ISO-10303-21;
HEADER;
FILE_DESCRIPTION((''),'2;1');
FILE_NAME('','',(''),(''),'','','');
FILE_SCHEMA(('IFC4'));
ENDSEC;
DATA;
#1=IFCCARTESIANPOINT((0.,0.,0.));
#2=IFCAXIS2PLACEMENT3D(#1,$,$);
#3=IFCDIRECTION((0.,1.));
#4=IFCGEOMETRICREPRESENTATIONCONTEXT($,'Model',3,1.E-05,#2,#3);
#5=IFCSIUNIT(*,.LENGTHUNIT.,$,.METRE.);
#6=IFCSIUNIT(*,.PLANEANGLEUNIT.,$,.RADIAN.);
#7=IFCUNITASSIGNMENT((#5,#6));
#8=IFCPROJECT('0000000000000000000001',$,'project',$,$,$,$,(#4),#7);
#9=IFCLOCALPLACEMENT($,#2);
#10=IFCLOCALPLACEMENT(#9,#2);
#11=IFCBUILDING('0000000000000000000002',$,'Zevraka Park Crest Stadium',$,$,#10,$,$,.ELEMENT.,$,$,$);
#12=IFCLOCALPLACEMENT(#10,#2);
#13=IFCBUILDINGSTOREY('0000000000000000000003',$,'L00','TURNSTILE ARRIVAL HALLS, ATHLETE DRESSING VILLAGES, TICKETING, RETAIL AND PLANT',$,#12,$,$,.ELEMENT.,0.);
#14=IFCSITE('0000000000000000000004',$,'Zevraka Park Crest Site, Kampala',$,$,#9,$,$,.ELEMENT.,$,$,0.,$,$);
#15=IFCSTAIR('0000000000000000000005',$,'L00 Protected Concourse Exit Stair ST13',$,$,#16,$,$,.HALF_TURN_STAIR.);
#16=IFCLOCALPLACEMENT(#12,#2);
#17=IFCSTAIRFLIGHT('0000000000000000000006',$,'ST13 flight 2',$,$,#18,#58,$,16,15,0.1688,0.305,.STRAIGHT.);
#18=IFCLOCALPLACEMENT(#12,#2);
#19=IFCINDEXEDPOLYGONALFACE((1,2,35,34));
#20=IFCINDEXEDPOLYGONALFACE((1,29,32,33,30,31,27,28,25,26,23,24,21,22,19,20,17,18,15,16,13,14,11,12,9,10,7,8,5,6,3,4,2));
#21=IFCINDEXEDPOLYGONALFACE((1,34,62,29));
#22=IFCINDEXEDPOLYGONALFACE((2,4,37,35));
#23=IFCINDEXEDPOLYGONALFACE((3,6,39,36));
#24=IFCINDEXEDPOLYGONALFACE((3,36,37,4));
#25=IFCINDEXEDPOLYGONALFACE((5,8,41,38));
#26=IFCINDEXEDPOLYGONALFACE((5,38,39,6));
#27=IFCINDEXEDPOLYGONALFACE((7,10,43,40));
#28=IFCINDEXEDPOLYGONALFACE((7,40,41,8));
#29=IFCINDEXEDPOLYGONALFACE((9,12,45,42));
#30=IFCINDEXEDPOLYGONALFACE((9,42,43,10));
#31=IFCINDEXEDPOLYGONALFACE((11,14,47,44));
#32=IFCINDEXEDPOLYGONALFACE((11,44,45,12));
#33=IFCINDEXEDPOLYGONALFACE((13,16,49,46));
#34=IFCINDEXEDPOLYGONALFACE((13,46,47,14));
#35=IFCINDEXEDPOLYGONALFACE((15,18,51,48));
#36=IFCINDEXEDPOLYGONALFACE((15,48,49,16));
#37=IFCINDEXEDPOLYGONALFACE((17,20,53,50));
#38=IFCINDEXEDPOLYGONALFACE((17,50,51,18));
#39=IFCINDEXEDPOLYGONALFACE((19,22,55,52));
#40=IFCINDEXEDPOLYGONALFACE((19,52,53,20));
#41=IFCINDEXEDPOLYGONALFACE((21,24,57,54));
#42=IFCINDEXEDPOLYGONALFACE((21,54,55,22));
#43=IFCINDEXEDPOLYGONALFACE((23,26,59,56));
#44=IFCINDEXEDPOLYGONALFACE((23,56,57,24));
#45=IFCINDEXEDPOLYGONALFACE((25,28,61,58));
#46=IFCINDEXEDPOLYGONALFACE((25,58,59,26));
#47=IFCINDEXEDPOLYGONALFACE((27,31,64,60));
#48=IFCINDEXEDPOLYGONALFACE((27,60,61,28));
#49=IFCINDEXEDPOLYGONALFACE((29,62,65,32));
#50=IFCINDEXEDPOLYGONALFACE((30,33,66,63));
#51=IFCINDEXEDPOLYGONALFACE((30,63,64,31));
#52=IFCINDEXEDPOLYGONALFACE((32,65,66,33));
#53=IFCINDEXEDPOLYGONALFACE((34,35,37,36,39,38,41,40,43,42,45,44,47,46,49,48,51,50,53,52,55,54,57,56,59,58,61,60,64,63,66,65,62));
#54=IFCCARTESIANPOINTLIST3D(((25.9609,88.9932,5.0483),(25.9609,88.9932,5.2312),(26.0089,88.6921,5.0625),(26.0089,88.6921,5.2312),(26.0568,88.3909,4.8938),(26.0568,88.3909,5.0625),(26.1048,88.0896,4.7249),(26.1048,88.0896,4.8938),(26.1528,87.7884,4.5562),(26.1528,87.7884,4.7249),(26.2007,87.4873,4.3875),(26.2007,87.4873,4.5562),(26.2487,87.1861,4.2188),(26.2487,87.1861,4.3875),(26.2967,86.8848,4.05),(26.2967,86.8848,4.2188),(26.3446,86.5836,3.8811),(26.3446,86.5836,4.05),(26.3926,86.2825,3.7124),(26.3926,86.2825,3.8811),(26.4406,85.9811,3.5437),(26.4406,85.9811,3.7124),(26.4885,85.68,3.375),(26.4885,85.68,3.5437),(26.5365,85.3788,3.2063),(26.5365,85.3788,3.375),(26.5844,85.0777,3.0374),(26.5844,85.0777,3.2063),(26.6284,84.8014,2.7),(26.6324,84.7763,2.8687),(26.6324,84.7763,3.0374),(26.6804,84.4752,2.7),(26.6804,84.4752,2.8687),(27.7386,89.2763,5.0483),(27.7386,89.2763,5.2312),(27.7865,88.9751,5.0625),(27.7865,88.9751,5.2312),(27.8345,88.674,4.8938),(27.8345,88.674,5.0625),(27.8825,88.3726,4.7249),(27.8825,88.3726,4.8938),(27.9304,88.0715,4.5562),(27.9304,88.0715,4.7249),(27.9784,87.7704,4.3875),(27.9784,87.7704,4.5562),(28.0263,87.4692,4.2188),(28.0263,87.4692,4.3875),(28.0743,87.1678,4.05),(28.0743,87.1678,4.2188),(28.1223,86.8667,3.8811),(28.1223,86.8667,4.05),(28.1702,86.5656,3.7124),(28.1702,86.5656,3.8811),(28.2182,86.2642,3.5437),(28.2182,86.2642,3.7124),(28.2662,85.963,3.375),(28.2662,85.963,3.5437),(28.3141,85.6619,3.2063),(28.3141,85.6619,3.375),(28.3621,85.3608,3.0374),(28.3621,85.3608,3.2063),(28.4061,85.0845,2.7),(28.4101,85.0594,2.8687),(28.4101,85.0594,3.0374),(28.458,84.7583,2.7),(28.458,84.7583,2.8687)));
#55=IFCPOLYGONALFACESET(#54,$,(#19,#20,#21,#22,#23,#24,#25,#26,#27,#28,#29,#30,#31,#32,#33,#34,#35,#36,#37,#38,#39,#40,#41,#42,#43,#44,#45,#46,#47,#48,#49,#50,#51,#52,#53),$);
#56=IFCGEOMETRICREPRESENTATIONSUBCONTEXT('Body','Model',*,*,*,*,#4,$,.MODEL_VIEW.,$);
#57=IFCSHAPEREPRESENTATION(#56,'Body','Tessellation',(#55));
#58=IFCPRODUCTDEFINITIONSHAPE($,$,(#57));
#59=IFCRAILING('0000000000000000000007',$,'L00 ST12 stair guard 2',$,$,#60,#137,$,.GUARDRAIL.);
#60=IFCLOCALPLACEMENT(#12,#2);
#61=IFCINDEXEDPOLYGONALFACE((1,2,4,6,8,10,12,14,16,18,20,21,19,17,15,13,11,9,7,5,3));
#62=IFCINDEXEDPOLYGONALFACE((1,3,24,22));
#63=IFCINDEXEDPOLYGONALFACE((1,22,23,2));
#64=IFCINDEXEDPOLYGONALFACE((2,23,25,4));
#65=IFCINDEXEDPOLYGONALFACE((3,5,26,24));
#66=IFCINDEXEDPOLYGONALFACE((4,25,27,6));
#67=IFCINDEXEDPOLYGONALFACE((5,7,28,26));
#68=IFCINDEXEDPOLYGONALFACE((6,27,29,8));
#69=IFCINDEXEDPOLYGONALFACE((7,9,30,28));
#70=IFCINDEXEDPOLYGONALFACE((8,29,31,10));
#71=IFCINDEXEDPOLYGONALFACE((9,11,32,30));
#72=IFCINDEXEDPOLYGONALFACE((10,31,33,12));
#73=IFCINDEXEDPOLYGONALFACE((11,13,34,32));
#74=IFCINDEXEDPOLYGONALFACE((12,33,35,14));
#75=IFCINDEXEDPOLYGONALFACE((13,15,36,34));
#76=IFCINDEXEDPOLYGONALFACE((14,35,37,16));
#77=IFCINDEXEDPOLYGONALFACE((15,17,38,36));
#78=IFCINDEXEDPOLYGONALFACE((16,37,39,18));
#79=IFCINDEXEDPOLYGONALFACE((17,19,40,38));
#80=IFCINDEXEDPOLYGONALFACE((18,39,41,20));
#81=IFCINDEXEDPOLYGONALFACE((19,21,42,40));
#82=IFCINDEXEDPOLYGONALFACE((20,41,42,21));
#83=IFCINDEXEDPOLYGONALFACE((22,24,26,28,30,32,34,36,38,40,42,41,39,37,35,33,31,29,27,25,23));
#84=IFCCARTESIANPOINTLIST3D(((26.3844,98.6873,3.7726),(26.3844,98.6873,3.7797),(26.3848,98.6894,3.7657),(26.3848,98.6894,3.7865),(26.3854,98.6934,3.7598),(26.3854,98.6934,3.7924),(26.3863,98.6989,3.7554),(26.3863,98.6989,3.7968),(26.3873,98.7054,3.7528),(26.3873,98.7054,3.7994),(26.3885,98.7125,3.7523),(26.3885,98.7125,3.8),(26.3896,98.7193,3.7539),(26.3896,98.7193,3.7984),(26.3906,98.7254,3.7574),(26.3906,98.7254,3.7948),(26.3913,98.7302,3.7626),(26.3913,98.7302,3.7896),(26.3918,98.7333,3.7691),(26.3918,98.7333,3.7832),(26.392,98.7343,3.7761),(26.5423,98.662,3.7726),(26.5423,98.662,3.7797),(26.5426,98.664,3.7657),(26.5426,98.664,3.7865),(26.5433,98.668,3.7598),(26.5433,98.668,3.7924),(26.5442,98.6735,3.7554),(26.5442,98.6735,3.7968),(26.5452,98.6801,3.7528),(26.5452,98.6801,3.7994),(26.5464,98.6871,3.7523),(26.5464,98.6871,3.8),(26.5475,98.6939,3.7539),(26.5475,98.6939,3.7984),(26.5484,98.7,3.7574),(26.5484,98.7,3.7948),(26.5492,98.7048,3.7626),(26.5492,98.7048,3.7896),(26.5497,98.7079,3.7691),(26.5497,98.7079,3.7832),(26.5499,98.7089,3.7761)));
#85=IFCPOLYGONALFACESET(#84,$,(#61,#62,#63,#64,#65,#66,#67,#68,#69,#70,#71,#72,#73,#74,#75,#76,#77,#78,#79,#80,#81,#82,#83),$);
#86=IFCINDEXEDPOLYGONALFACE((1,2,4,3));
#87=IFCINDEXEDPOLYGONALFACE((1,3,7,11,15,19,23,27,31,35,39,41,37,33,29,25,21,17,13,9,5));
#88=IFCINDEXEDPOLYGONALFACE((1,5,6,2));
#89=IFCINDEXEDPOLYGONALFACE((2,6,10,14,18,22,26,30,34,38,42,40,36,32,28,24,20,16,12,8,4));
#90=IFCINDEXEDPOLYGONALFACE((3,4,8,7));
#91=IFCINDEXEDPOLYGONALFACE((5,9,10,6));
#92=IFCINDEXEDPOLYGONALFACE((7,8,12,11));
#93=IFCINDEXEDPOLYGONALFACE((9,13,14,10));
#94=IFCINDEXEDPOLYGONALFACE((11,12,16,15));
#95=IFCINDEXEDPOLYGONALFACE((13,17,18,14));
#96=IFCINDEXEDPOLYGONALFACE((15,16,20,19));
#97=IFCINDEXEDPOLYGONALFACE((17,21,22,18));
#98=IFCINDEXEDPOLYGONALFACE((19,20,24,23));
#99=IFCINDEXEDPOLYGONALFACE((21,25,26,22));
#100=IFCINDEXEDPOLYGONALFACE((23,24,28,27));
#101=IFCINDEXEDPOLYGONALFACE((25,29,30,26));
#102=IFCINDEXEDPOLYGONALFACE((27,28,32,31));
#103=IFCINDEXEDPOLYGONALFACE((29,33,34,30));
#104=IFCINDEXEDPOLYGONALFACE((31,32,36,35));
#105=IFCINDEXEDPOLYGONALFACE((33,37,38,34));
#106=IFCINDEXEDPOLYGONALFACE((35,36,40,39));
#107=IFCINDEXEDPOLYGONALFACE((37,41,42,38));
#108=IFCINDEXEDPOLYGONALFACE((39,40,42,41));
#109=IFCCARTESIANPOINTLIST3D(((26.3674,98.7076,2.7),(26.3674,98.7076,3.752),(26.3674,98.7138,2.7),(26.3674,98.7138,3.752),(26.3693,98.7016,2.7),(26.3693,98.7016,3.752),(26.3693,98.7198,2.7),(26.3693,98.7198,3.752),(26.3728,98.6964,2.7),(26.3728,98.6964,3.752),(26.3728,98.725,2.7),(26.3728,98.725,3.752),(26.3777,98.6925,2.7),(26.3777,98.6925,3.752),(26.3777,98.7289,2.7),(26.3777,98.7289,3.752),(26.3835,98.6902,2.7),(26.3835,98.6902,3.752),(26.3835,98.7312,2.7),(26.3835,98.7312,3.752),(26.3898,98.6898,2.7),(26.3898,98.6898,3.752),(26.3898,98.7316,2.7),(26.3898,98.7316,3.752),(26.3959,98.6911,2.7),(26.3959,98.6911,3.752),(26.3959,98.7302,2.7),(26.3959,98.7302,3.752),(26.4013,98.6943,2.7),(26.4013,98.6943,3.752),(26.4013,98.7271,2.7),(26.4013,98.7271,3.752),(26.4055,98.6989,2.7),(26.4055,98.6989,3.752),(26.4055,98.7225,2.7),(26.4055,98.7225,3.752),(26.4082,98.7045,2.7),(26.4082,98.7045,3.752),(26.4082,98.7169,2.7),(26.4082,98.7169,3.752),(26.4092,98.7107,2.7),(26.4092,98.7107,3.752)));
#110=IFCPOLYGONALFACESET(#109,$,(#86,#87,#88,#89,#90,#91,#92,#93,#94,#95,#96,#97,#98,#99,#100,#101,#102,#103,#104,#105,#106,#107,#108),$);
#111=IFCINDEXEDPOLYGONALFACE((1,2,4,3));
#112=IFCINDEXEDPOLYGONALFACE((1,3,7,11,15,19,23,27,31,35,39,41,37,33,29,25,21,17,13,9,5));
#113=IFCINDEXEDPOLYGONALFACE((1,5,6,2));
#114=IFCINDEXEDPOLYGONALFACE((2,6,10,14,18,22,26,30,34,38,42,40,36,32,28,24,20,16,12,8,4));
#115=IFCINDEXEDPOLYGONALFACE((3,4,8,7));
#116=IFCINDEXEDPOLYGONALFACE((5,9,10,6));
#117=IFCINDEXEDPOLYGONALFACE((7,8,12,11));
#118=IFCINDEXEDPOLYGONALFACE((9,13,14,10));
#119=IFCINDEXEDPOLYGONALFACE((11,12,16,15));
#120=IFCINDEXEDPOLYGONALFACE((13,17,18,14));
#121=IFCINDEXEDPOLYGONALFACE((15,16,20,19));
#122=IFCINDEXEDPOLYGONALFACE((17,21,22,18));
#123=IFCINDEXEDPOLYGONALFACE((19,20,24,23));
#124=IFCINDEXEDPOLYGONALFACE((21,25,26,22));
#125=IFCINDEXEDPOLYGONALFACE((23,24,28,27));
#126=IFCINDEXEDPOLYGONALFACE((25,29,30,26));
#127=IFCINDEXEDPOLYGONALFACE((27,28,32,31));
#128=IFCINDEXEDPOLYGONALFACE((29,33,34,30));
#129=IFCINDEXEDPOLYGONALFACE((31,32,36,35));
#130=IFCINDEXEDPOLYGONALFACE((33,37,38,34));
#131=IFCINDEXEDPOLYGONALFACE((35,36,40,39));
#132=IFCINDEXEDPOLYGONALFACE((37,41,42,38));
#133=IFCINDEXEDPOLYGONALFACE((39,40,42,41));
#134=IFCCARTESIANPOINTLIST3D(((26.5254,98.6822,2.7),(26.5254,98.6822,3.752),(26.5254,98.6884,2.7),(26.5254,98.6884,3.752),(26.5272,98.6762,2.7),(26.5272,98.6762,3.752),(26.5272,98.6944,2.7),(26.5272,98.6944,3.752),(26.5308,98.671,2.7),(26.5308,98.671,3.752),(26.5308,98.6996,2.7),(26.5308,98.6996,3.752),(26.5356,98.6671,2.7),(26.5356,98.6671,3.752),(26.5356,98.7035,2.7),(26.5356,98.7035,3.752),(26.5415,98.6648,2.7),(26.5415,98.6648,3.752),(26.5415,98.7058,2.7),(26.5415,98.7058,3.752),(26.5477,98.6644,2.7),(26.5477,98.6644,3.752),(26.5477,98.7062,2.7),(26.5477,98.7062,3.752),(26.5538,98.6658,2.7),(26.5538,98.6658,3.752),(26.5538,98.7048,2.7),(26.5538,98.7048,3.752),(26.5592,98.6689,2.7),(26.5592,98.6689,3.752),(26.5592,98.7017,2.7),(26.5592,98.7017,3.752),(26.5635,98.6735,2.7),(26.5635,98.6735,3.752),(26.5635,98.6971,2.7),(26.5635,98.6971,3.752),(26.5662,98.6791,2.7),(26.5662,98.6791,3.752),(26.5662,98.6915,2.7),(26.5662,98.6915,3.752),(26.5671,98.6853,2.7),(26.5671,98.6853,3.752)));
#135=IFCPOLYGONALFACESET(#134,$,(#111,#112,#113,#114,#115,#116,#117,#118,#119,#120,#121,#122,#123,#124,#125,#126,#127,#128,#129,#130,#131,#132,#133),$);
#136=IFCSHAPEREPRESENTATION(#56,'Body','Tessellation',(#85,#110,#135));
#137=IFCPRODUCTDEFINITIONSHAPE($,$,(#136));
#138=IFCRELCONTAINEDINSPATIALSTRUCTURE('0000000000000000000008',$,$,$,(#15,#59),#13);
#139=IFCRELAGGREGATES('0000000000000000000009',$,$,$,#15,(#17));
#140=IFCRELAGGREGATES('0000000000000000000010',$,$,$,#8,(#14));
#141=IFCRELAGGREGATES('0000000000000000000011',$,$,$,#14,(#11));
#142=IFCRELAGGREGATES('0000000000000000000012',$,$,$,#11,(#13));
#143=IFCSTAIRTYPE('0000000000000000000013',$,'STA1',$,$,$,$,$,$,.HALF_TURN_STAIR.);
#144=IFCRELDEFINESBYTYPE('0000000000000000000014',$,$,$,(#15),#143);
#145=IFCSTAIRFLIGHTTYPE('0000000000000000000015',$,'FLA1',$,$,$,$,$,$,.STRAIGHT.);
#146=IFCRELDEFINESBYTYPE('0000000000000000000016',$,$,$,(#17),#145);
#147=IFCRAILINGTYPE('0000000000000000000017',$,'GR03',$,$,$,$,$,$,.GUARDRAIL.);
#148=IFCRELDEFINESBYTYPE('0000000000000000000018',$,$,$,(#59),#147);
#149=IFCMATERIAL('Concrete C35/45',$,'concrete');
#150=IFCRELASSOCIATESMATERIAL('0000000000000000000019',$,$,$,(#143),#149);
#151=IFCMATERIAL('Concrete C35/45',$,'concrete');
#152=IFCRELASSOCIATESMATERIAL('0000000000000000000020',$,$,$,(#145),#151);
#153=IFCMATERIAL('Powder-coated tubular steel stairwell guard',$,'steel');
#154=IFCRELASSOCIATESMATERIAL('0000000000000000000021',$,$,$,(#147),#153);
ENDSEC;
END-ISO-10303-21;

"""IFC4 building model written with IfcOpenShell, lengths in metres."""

from ifc_helpers import new_model, si_unit, direction, frame, origin, origin_2d, place, context, subcontext, project, spatial, polyline, circle, outline, extrude, material, type_object, element, aggregate, save


model = new_model("IFC4")

# Units and contexts
model_context = context("Model", 3, precision=1e-05, world=origin(), true_north=direction((0.0, 1.0)))
body_context = subcontext(model_context, "Body", "Model", "MODEL_VIEW")
ifc_project = project(units=[si_unit("LENGTHUNIT", "METRE"), si_unit("PLANEANGLEUNIT", "RADIAN")], contexts=[model_context])

# Site, building, storey
site_placement = place(None, origin())
site = spatial("IfcSite", under=ifc_project, at=site_placement, Name="Zevraka Park Crest Site, Kampala", CompositionType="ELEMENT", RefElevation=0.0)
building_placement = place(site_placement, origin())
building = spatial("IfcBuilding", under=site, at=building_placement, Name="Zevraka Park Crest Stadium", CompositionType="ELEMENT")
storey_placement = place(building_placement, origin())
storey = spatial("IfcBuildingStorey", under=building, at=storey_placement, Name="L00", Description="TURNSTILE ARRIVAL HALLS, ATHLETE DRESSING VILLAGES, TICKETING, RETAIL AND PLANT", CompositionType="ELEMENT", Elevation=0.0)

# Shared definitions
ifc_material_1 = material(Name="Concrete C35/45", Category="concrete")
stair_type = type_object("IfcStairType", Name="STA1", PredefinedType="HALF_TURN_STAIR", material=ifc_material_1)
ifc_material_2 = material(Name="Concrete C35/45", Category="concrete")
stair_flight_type = type_object("IfcStairFlightType", Name="FLA1", PredefinedType="STRAIGHT", material=ifc_material_2)

# Stair, stair flight
stair_1_placement = place(storey_placement, origin())
stair_1 = element("IfcStair", 1, at=stair_1_placement, inside=storey, type_object=stair_type, Name="L00 Protected Concourse Exit Stair ST13", PredefinedType="HALF_TURN_STAIR")
stair_flight_1_placement = place(storey_placement, frame((27.5691, 84.6167, 2.7), z_axis=(0.0, 0.0, 1.0), x_axis=(-0.157262, 0.987557, 0.0)))
stair_flight_1 = element("IfcStairFlight", 2, at=stair_flight_1_placement, type_object=stair_flight_type, Name="ST13 flight 2", NumberOfRisers=16, NumberOfTreads=15, PredefinedType="STRAIGHT", RiserHeight=0.1688, TreadLength=0.305, context=body_context, shape_type="SweptSolid", body=[
    extrude(outline(polyline([(0.0, 0.0), (0.0, 0.1687), (0.3049, 0.1687), (0.3049, 0.3374), (0.6101, 0.3374), (0.6101, 0.5063), (0.915, 0.5063), (0.915, 0.675), (1.22, 0.675), (1.22, 0.8438), (1.5249, 0.8438), (1.5249, 1.0125), (1.8301, 1.0125), (1.8301, 1.1812), (2.135, 1.1812), (2.135, 1.3501), (2.4399, 1.3501), (2.4399, 1.5188), (2.7451, 1.5188), (2.7451, 1.6875), (3.05, 1.6875), (3.05, 1.8562), (3.355, 1.8562), (3.355, 2.0249), (3.6599, 2.0249), (3.6599, 2.1938), (3.9651, 2.1938), (3.9651, 2.3625), (4.27, 2.3625), (4.27, 2.5312), (4.575, 2.5312), (4.575, 2.7), (4.575, 2.3484), (0.3303, 0.0), (0.0, 0.0)])), frame((0.0, 0.8999, 0.0), z_axis=(0.0, -1.0, 0.0), x_axis=(1.0, 0.0, 0.0)), (0.0, 0.0, 1.0), 1.8),
])
aggregate(stair_1, [stair_flight_1])

# Railing
ifc_material_3 = material(Name="Powder-coated tubular steel stairwell guard", Category="steel")
railing_type_1 = type_object("IfcRailingType", Name="GR03", PredefinedType="GUARDRAIL", material=ifc_material_3)
railing_1_placement = place(storey_placement, frame((26.3882, 98.7107, 2.7)))
element("IfcRailing", 3, at=railing_1_placement, inside=storey, type_object=railing_type_1, Name="L00 ST12 stair guard 2", PredefinedType="GUARDRAIL", context=body_context, shape_type="SweptSolid", body=[
    extrude(circle(Radius=0.0239, at=origin_2d()), frame((0.0, 0.0, 1.0762), z_axis=(0.987326, -0.158705, 0.0), x_axis=(0.158705, 0.987326, 0.0)), (0.0, 0.0, 1.0), 0.1599),
    extrude(circle(Radius=0.021, at=origin_2d()), origin(), (0.0, 0.0, 1.0), 1.052),
    extrude(circle(Radius=0.021, at=origin_2d()), frame((0.158, -0.0254, 0.0)), (0.0, 0.0, 1.0), 1.052),
])

save(model, "model.ifc")
